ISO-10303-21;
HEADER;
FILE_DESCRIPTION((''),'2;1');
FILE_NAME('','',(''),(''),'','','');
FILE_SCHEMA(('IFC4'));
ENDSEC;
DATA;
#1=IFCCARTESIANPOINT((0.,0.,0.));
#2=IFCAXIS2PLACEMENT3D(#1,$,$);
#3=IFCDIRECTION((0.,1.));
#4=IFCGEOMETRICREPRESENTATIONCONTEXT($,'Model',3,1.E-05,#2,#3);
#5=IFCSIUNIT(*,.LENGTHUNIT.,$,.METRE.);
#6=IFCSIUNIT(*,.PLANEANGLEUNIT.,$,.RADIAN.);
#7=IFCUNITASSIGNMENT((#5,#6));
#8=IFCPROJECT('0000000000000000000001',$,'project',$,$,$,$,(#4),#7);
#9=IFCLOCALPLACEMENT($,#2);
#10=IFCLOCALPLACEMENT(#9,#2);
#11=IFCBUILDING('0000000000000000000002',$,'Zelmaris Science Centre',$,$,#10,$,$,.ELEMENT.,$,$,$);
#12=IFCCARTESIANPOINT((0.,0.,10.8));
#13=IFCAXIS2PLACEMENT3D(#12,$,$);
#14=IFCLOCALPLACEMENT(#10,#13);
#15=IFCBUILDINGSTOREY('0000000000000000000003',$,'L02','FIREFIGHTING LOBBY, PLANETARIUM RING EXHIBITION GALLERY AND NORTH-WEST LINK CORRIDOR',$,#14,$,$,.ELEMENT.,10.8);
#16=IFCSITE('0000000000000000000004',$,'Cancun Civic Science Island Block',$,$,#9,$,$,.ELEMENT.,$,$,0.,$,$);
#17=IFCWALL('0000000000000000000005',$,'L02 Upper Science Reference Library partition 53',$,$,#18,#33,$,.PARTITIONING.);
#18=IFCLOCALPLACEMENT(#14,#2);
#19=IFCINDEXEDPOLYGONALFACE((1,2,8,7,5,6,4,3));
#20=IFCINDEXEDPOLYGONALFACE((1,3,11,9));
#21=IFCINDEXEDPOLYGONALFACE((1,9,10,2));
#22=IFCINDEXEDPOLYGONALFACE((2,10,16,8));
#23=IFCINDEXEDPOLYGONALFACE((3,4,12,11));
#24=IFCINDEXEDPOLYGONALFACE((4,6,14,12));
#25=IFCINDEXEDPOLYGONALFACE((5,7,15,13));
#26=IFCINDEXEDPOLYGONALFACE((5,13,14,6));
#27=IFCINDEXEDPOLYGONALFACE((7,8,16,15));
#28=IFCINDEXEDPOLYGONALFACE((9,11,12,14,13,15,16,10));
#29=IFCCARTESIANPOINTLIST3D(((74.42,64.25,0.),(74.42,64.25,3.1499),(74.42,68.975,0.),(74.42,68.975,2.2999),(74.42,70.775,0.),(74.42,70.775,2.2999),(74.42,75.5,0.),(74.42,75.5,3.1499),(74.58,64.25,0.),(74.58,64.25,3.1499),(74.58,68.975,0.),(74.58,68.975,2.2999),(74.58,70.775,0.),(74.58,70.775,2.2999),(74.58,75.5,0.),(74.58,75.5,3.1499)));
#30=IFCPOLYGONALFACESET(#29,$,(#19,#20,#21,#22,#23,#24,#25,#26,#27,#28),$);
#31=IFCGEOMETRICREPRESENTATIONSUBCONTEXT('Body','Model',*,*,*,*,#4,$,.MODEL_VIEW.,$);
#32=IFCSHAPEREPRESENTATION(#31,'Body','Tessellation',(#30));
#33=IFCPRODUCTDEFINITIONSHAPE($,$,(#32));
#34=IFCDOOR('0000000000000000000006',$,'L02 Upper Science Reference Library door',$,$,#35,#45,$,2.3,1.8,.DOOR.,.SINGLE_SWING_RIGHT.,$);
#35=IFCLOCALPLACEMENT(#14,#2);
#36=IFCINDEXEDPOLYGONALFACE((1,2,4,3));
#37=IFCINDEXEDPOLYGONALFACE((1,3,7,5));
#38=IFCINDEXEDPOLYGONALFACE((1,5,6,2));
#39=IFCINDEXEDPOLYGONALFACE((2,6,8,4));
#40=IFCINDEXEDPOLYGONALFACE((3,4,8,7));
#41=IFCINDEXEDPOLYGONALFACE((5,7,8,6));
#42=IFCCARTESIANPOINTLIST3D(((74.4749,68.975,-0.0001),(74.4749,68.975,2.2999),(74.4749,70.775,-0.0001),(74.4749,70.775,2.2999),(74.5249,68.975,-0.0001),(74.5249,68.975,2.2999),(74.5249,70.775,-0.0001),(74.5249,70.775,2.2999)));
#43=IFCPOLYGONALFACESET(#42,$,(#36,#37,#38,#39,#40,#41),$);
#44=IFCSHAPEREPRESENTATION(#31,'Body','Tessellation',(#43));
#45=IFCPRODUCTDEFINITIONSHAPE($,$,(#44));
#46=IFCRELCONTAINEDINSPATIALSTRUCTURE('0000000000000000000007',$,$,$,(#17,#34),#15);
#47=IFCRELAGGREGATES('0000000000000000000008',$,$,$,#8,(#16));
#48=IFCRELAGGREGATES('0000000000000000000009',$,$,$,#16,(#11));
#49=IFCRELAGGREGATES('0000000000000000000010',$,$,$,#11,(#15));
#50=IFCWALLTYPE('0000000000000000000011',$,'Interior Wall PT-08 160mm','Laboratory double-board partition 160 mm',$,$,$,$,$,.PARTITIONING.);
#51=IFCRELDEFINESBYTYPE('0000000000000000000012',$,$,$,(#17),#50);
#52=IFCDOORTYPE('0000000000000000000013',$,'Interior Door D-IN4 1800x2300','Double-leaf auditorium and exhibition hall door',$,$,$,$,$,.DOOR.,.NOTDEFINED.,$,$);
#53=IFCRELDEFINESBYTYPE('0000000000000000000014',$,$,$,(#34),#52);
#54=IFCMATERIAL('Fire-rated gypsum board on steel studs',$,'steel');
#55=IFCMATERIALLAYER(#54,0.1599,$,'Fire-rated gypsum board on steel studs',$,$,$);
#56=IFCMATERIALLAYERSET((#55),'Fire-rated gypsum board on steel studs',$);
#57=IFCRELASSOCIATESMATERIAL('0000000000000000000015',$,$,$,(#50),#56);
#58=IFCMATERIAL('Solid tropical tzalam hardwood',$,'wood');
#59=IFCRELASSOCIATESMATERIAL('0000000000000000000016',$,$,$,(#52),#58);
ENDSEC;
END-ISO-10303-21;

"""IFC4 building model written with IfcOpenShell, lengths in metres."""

from ifc_helpers import new_model, si_unit, direction, frame, frame_2d, origin, place, context, subcontext, project, spatial, rectangle, extrude, material, layer, layer_set, type_object, element, fill, save


model = new_model("IFC4")

# Units and contexts
model_context = context("Model", 3, precision=1e-05, world=origin(), true_north=direction((0.0, 1.0)))
body_context = subcontext(model_context, "Body", "Model", "MODEL_VIEW")
ifc_project = project(units=[si_unit("LENGTHUNIT", "METRE"), si_unit("PLANEANGLEUNIT", "RADIAN")], contexts=[model_context])

# Site, building, storey
site_placement = place(None, origin())
site = spatial("IfcSite", under=ifc_project, at=site_placement, Name="Cancun Civic Science Island Block", CompositionType="ELEMENT", RefElevation=0.0)
building_placement = place(site_placement, origin())
building = spatial("IfcBuilding", under=site, at=building_placement, Name="Zelmaris Science Centre", CompositionType="ELEMENT")
storey_placement = place(building_placement, frame((0.0, 0.0, 10.8)))
storey = spatial("IfcBuildingStorey", under=building, at=storey_placement, Name="L02", Description="FIREFIGHTING LOBBY, PLANETARIUM RING EXHIBITION GALLERY AND NORTH-WEST LINK CORRIDOR", CompositionType="ELEMENT", Elevation=10.8)

# Wall, opening, door
ifc_material_1 = material(Name="Fire-rated gypsum board on steel studs", Category="steel")
ifc_layer = layer(ifc_material_1, 0.1599, Name="Fire-rated gypsum board on steel studs")
ifc_layer_set = layer_set([ifc_layer], Name="Fire-rated gypsum board on steel studs")
wall_type = type_object("IfcWallType", Name="Interior Wall PT-08 160mm", Description="Laboratory double-board partition 160 mm", PredefinedType="PARTITIONING", material=ifc_layer_set)
wall_placement = place(storey_placement, frame((74.5, 75.5, 0.0), z_axis=(0.0, 0.0, 1.0), x_axis=(0.0, -1.0, 0.0)))
wall = element("IfcWall", 1, at=wall_placement, inside=storey, type_object=wall_type, Name="L02 Upper Science Reference Library partition 53", PredefinedType="PARTITIONING", context=body_context, shape_type="SweptSolid", body=[
    extrude(rectangle(XDim=11.25, YDim=0.1599, at=frame_2d((5.625, 0.0))), origin(), (0.0, 0.0, 1.0), 3.1499),
])
opening_placement = place(wall_placement, frame((4.7251, 0.0, 0.0)))
opening = element("IfcOpeningElement", 2, at=opening_placement, cuts=wall, PredefinedType="OPENING", context=body_context, shape_type="SweptSolid", body=[
    extrude(rectangle(XDim=1.8, YDim=2.3, at=frame_2d((0.8999, 1.1499))), frame((0.0, 0.0898, 0.0), z_axis=(0.0, -1.0, 0.0), x_axis=(1.0, 0.0, 0.0)), (0.0, 0.0, 1.0), 0.1799),
])
ifc_material_2 = material(Name="Solid tropical tzalam hardwood", Category="wood")
door_type = type_object("IfcDoorType", Name="Interior Door D-IN4 1800x2300", Description="Double-leaf auditorium and exhibition hall door", OperationType="NOTDEFINED", PredefinedType="DOOR", material=ifc_material_2)
door_placement = place(opening_placement, origin())
door = element("IfcDoor", 3, at=door_placement, inside=storey, type_object=door_type, Name="L02 Upper Science Reference Library door", OperationType="SINGLE_SWING_RIGHT", OverallHeight=2.3, OverallWidth=1.8, PredefinedType="DOOR", context=body_context, shape_type="SweptSolid", body=[
    extrude(rectangle(XDim=1.8, YDim=2.3, at=frame_2d((0.8999, 1.1499))), frame((0.0, 0.0249, 0.0), z_axis=(0.0, -1.0, 0.0), x_axis=(1.0, 0.0, 0.0)), (0.0, 0.0, 1.0), 0.05),
])
fill(opening, door)

save(model, "model.ifc")
